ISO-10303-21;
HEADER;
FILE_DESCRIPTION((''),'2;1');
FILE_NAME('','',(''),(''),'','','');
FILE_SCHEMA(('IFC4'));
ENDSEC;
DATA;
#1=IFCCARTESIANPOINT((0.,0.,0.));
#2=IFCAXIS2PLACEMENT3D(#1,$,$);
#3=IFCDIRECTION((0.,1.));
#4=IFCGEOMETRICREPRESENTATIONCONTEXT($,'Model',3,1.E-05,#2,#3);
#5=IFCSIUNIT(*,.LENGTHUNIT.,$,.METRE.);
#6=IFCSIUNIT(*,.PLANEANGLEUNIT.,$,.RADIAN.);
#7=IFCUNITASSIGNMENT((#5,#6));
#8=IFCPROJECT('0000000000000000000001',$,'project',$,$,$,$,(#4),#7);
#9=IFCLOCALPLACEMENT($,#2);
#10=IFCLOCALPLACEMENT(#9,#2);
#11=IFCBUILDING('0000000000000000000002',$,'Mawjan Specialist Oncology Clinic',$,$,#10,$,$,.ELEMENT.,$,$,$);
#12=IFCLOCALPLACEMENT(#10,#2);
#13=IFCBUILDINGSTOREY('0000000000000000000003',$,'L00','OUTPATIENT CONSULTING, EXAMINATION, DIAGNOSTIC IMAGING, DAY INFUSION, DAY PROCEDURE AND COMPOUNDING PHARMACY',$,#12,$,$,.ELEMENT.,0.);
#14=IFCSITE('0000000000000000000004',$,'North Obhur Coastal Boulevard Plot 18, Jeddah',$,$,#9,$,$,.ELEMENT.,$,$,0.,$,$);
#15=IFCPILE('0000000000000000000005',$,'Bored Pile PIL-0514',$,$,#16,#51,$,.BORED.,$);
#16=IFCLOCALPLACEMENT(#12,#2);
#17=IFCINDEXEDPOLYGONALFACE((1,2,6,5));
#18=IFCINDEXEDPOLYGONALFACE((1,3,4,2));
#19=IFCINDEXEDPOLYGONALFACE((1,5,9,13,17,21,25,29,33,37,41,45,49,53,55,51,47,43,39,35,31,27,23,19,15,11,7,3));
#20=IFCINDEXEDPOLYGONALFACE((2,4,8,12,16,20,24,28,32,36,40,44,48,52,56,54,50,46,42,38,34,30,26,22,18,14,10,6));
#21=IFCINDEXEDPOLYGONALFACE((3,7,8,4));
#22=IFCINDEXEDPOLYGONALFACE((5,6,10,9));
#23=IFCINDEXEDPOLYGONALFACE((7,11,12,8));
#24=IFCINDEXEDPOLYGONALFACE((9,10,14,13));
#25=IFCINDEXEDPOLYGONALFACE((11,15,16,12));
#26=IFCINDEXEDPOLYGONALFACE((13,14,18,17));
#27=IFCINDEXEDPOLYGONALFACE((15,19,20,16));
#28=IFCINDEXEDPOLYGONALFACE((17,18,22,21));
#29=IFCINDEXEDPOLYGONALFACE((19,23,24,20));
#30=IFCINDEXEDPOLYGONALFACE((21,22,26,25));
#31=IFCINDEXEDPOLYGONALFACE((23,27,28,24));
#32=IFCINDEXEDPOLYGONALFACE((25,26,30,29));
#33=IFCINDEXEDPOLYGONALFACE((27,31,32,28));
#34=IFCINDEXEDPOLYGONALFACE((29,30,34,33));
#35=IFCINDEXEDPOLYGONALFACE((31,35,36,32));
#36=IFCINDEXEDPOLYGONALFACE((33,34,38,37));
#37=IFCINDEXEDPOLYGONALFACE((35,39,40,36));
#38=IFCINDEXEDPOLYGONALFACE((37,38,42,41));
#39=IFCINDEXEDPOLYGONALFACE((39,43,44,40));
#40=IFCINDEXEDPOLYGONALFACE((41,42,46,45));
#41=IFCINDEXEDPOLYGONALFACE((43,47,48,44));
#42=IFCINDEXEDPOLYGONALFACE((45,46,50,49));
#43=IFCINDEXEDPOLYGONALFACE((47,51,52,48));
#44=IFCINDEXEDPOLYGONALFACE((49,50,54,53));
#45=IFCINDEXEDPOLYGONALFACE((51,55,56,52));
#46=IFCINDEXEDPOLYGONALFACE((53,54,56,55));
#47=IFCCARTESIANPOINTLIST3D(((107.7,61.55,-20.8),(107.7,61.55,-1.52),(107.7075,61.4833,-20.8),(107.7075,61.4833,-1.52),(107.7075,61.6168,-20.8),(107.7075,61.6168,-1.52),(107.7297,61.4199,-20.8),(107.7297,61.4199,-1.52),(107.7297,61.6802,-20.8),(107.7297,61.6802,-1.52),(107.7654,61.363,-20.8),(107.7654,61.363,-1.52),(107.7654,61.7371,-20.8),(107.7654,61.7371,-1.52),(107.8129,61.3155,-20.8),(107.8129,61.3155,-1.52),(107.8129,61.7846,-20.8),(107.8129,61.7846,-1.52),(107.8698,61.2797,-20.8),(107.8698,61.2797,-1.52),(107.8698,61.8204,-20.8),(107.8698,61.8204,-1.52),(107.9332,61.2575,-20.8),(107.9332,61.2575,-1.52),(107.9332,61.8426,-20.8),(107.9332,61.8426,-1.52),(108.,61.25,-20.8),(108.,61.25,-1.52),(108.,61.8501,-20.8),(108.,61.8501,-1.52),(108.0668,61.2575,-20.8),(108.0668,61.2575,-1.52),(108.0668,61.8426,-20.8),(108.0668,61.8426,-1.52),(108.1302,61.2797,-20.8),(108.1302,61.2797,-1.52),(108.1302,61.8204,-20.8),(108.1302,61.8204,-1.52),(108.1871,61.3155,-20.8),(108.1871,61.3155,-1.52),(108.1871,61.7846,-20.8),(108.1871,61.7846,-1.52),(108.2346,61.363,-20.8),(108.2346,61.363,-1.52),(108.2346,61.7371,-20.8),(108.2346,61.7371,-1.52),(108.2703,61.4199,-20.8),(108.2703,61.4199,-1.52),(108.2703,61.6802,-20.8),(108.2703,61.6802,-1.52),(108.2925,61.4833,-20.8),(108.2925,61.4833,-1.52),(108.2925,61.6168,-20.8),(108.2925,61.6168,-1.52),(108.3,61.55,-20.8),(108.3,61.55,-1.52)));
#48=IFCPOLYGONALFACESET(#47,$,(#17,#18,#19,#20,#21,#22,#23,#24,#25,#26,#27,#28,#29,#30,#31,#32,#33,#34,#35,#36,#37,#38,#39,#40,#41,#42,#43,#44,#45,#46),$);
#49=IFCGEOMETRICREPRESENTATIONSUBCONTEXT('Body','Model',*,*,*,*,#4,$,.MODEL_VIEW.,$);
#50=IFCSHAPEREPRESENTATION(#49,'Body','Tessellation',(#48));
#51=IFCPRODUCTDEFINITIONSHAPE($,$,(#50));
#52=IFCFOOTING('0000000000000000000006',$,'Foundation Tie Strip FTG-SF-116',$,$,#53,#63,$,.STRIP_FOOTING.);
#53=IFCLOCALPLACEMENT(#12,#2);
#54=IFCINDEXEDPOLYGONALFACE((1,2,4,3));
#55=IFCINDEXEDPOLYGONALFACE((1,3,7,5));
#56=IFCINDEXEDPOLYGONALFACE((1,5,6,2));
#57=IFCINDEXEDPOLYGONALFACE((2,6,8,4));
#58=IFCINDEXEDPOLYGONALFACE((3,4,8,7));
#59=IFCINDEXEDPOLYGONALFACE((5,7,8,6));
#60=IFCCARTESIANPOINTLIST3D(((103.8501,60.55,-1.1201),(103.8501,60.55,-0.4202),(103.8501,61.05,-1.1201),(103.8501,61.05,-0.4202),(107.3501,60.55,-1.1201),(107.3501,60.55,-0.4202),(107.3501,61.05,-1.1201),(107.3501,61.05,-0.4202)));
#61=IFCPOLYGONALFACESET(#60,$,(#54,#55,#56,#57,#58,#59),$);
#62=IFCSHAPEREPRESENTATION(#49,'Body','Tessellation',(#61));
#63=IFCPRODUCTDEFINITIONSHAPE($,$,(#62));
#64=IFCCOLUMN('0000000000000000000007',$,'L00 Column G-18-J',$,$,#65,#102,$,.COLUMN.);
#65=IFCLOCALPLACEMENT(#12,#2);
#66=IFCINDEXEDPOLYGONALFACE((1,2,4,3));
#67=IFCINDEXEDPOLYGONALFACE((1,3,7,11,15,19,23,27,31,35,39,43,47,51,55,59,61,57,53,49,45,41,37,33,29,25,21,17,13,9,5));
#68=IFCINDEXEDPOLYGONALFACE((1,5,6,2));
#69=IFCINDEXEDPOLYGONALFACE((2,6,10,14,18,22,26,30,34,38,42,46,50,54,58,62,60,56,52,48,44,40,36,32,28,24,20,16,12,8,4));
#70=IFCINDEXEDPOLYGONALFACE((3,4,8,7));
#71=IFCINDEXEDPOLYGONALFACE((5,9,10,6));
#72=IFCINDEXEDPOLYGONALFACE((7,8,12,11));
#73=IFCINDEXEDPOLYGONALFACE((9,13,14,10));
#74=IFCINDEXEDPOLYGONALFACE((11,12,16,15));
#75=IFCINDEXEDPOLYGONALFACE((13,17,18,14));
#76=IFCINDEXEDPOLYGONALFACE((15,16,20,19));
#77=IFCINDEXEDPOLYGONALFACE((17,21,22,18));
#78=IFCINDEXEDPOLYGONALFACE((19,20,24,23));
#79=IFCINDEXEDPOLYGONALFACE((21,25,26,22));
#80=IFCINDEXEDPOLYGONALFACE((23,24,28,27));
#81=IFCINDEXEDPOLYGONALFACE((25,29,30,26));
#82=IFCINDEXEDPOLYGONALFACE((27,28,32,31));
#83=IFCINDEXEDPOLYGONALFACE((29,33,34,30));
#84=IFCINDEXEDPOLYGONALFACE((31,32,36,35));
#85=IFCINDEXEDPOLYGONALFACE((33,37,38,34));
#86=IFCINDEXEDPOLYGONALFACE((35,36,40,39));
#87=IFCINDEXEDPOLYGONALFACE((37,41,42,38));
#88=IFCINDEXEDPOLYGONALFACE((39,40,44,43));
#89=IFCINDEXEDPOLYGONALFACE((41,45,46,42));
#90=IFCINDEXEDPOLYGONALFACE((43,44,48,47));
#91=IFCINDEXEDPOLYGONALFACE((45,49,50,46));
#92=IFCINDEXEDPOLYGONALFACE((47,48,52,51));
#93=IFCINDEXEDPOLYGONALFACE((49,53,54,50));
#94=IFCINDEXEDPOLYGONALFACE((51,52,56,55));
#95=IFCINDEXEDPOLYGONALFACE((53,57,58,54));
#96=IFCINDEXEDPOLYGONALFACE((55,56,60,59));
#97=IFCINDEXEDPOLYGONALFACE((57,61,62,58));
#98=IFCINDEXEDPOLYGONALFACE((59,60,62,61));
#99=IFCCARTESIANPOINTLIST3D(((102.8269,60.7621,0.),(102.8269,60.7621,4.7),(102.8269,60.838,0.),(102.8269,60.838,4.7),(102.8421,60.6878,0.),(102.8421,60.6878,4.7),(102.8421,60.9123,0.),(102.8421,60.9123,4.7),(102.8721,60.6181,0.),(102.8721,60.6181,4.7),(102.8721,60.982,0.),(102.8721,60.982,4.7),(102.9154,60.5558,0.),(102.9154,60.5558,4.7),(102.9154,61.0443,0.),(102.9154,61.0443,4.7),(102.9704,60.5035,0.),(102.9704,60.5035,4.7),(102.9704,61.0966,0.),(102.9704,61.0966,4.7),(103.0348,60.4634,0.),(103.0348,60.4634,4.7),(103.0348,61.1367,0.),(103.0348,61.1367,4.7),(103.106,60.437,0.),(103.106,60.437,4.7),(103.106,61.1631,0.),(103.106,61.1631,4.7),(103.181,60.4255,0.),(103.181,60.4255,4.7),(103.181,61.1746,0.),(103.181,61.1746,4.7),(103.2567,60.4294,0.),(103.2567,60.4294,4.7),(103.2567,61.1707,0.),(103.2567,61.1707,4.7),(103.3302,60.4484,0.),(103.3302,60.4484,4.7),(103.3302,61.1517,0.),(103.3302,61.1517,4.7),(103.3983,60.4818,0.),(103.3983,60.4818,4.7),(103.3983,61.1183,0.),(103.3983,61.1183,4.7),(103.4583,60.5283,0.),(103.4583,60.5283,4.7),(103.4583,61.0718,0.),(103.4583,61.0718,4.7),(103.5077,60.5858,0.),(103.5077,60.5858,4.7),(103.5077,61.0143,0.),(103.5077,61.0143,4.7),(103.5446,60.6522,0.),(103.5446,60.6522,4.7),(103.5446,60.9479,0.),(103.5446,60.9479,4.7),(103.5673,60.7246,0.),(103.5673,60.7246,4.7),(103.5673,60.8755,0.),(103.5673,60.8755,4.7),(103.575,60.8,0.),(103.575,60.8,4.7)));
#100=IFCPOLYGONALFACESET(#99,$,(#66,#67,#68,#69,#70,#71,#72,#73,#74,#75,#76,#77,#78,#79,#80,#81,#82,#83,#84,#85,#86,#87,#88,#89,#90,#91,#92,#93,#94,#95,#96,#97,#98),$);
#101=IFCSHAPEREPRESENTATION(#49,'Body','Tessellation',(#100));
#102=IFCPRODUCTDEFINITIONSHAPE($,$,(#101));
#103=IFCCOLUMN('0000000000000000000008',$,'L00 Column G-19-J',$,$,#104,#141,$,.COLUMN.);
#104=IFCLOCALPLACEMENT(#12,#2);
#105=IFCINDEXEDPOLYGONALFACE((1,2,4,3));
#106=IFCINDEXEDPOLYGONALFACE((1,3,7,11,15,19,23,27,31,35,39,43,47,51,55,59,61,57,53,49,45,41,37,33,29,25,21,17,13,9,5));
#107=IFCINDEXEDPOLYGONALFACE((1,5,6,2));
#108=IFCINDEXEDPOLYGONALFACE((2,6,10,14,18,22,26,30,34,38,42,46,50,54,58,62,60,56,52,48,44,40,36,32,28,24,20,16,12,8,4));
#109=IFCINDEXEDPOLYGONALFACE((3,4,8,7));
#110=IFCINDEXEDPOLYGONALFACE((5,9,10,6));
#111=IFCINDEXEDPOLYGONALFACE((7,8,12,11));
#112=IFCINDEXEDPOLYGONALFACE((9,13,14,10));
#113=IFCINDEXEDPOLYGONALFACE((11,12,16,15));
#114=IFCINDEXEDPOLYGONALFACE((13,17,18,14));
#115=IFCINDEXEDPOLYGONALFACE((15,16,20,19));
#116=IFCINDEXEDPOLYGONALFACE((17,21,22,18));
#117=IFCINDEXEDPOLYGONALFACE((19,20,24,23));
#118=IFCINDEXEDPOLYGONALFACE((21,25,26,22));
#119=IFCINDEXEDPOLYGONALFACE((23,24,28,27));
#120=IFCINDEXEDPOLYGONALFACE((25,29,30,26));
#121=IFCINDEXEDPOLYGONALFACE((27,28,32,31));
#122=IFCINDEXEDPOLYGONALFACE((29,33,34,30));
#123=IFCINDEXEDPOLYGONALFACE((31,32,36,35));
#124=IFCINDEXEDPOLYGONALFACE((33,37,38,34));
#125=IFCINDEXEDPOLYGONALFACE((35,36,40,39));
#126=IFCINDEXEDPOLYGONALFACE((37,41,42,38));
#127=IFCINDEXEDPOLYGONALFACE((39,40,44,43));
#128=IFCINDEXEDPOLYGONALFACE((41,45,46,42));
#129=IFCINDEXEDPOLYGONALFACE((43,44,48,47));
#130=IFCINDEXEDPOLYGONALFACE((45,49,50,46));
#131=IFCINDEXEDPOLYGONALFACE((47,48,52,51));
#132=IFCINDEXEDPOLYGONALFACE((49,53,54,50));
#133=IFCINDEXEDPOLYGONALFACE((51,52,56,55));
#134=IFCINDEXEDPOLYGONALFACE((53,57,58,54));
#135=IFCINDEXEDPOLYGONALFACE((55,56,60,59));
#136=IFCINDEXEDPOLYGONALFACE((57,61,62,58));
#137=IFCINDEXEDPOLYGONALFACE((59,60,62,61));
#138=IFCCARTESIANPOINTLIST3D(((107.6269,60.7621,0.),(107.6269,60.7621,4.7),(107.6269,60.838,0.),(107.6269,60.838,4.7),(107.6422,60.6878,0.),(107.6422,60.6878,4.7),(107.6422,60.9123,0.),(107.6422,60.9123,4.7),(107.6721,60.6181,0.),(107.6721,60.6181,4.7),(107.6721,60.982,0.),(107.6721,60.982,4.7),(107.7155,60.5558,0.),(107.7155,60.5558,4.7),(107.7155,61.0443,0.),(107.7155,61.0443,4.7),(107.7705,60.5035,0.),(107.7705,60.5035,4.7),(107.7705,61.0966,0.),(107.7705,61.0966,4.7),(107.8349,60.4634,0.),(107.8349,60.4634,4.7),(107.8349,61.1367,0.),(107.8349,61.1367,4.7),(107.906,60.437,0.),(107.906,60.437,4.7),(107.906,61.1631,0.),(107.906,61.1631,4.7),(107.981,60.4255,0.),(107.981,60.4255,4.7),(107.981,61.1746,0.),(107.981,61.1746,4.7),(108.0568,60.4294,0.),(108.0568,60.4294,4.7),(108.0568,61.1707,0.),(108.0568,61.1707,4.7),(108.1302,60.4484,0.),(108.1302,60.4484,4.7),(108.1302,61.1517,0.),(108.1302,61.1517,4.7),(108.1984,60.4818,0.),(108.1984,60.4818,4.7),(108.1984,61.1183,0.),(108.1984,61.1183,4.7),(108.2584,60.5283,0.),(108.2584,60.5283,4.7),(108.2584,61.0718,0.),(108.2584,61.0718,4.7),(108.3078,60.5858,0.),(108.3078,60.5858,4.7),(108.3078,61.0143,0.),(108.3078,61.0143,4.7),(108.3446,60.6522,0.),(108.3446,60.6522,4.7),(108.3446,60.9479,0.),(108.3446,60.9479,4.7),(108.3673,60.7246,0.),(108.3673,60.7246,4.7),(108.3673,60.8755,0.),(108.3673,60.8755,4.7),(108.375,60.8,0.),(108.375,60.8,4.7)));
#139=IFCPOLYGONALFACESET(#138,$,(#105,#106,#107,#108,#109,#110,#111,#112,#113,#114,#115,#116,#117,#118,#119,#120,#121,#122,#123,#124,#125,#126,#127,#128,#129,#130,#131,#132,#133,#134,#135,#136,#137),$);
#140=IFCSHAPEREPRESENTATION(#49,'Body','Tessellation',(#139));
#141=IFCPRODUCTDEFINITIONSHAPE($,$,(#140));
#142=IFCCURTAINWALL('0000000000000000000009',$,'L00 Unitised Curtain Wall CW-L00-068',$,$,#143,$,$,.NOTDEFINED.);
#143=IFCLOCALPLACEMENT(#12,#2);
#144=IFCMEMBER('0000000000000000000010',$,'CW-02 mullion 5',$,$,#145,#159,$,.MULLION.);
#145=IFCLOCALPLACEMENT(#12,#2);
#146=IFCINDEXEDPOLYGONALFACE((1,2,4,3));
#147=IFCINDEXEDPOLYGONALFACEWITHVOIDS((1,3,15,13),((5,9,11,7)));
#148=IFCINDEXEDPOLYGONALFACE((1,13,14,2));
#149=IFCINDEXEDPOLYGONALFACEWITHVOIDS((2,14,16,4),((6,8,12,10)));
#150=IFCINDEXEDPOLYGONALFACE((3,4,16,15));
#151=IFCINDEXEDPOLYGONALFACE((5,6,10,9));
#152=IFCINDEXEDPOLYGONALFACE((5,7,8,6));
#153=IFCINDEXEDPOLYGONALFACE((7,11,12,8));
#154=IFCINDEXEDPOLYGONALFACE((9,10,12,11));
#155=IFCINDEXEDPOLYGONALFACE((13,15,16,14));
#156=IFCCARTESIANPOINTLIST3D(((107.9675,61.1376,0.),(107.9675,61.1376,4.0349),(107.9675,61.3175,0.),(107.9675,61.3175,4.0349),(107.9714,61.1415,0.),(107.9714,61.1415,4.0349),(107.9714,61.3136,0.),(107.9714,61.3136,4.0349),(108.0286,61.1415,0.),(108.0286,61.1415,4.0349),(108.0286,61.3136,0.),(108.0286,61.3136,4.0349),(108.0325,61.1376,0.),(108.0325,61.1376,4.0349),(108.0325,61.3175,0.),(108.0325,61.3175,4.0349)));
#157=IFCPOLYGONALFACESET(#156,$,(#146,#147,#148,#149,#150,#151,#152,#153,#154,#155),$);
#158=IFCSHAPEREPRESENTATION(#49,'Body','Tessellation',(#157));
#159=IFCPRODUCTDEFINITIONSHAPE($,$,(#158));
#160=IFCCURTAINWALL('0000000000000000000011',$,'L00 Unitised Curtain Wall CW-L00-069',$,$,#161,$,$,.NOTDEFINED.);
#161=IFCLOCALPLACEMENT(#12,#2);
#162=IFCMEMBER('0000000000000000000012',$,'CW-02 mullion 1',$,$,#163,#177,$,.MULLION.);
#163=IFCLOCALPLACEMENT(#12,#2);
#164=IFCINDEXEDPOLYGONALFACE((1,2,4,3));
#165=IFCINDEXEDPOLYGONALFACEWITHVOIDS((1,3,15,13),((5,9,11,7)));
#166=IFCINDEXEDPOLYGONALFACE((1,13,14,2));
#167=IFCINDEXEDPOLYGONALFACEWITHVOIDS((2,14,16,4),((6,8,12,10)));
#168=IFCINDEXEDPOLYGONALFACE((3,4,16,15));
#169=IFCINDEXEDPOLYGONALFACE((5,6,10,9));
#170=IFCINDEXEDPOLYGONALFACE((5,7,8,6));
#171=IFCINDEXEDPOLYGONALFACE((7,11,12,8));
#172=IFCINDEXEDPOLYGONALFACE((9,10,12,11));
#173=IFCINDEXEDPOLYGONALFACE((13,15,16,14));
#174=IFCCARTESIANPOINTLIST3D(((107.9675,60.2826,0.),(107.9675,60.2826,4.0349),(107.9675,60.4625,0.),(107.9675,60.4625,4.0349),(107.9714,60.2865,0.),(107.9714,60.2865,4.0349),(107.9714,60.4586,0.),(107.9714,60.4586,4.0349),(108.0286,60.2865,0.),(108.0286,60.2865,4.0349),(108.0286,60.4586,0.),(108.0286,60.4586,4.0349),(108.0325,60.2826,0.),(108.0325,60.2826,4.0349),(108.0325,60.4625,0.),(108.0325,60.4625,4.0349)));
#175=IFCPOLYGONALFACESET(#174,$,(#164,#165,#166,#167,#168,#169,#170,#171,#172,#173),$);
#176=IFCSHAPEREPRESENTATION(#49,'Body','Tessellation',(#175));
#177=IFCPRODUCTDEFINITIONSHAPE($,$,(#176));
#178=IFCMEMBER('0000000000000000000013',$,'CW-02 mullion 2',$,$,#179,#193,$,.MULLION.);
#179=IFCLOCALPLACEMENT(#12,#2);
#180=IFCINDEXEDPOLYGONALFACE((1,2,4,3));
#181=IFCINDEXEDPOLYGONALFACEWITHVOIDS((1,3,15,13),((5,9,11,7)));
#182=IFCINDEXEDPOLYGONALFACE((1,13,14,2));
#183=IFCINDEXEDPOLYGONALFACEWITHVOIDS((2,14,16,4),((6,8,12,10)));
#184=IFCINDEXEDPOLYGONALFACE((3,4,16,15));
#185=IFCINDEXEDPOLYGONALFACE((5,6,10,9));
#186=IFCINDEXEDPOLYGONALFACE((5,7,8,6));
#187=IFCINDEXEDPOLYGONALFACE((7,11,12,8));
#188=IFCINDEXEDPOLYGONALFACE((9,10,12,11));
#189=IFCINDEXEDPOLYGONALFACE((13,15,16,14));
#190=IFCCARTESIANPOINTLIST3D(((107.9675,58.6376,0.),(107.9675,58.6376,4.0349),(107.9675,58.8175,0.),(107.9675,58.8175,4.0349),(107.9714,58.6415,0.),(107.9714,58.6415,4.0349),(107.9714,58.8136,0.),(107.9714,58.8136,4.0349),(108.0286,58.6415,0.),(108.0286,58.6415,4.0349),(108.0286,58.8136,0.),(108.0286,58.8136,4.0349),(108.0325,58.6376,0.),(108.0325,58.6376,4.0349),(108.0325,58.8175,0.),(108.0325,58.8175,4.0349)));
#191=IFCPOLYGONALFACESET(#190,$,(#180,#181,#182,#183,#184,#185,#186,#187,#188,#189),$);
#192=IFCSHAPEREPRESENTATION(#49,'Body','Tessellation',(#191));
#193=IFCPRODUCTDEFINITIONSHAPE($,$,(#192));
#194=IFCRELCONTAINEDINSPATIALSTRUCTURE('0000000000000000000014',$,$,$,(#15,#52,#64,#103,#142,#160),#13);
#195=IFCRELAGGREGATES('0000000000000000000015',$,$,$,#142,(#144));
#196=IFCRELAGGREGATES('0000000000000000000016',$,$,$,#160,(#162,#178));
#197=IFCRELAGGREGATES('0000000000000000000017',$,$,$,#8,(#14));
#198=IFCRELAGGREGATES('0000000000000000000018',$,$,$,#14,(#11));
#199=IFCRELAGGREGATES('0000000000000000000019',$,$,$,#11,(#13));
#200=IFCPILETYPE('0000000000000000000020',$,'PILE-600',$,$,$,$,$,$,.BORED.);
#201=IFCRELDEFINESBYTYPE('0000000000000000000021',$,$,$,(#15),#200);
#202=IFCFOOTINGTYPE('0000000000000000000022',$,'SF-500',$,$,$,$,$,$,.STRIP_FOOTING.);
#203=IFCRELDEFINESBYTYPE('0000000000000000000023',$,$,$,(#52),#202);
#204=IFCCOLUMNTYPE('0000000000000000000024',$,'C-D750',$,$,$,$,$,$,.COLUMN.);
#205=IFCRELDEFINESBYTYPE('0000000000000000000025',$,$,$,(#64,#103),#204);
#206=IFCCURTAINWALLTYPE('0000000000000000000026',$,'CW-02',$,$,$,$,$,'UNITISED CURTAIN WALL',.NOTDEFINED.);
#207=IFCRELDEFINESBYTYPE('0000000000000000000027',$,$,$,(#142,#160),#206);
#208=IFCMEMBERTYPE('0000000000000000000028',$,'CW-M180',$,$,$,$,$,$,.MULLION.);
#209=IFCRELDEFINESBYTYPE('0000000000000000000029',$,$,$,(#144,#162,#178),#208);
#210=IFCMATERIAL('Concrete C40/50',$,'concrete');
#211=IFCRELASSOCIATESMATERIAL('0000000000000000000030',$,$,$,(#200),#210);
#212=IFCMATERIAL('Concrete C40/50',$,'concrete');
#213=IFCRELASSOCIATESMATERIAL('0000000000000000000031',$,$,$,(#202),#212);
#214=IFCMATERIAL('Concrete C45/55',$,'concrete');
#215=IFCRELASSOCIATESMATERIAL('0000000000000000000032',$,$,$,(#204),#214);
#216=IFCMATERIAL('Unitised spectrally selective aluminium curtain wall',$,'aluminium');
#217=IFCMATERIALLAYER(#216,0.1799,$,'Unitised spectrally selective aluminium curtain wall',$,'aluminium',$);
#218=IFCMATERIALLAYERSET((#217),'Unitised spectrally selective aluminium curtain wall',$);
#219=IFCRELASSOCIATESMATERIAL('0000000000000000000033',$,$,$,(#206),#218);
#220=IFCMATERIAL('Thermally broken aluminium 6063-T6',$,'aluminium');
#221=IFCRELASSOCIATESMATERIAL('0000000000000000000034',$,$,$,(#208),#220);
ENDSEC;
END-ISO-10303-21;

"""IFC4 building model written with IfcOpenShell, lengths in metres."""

from ifc_helpers import new_model, si_unit, direction, frame, origin, origin_2d, place, context, subcontext, project, spatial, rectangle, hollow_rectangle, circle, extrude, material, layer, layer_set, material_profile, profile_set, type_object, element, aggregate, save


model = new_model("IFC4")

# Units and contexts
model_context = context("Model", 3, precision=1e-05, world=origin(), true_north=direction((0.0, 1.0)))
body_context = subcontext(model_context, "Body", "Model", "MODEL_VIEW")
ifc_project = project(units=[si_unit("LENGTHUNIT", "METRE"), si_unit("PLANEANGLEUNIT", "RADIAN")], contexts=[model_context])

# Site, building, storey
site_placement = place(None, origin())
site = spatial("IfcSite", under=ifc_project, at=site_placement, Name="North Obhur Coastal Boulevard Plot 18, Jeddah", CompositionType="ELEMENT", RefElevation=0.0)
building_placement = place(site_placement, origin())
building = spatial("IfcBuilding", under=site, at=building_placement, Name="Mawjan Specialist Oncology Clinic", CompositionType="ELEMENT")
storey_placement = place(building_placement, origin())
storey = spatial("IfcBuildingStorey", under=building, at=storey_placement, Name="L00", Description="OUTPATIENT CONSULTING, EXAMINATION, DIAGNOSTIC IMAGING, DAY INFUSION, DAY PROCEDURE AND COMPOUNDING PHARMACY", CompositionType="ELEMENT", Elevation=0.0)

# Pile
ifc_material_1 = material(Name="Concrete C40/50", Category="concrete")
ifc_material_profile_1 = material_profile(ifc_material_1, circle(Radius=0.3, at=origin_2d()), Name="BORED PILE D600", Category="concrete")
ifc_profile_set_1 = profile_set([ifc_material_profile_1], Name="Concrete C40/50")
pile_type = type_object("IfcPileType", Name="PILE-600", PredefinedType="BORED", material=ifc_profile_set_1)
for number, where, z_axis, x_axis, name in (
    (1, (108.0, 61.55, -1.52), (0.0, 0.0, -1.0), (1.0, 0.0, 0.0), "Bored Pile PIL-0514"),
):
    element("IfcPile", number, at=place(storey_placement, frame(where, z_axis=z_axis, x_axis=x_axis)), inside=storey, type_object=pile_type, Name=name, PredefinedType="BORED", context=body_context, shape_type="SweptSolid", body=[
        extrude(circle(Radius=0.3, at=origin_2d()), origin(), (0.0, 0.0, 1.0), 19.28),
    ])

# Footing
ifc_material_2 = material(Name="Concrete C40/50", Category="concrete")
footing_type_1 = type_object("IfcFootingType", Name="SF-500", PredefinedType="STRIP_FOOTING", material=ifc_material_2)
footing_placement = place(storey_placement, frame((105.6001, 60.8, -1.1201), z_axis=(0.0, 0.0, 1.0), x_axis=(1.0, 0.0, 0.0)))
element("IfcFooting", 2, at=footing_placement, inside=storey, type_object=footing_type_1, Name="Foundation Tie Strip FTG-SF-116", PredefinedType="STRIP_FOOTING", context=body_context, shape_type="SweptSolid", body=[
    extrude(rectangle(XDim=3.5, YDim=0.5, at=origin_2d()), origin(), (0.0, 0.0, 1.0), 0.7),
])

# Columns
ifc_material_3 = material(Name="Concrete C45/55", Category="concrete")
ifc_material_profile_2 = material_profile(ifc_material_3, circle(Radius=0.375, at=origin_2d()), Name="RC COL D750", Category="concrete")
ifc_profile_set_2 = profile_set([ifc_material_profile_2], Name="Concrete C45/55")
column_type = type_object("IfcColumnType", Name="C-D750", PredefinedType="COLUMN", material=ifc_profile_set_2)
for number, where, z_axis, x_axis, name in (
    (3, (103.2, 60.8, 0.0), (0.0, 0.0, 1.0), (1.0, 0.0, 0.0), "L00 Column G-18-J"),
    (4, (108.0, 60.8, 0.0), (0.0, 0.0, 1.0), (1.0, 0.0, 0.0), "L00 Column G-19-J"),
):
    element("IfcColumn", number, at=place(storey_placement, frame(where, z_axis=z_axis, x_axis=x_axis)), inside=storey, type_object=column_type, Name=name, PredefinedType="COLUMN", context=body_context, shape_type="SweptSolid", body=[
        extrude(circle(Radius=0.375, at=origin_2d()), origin(), (0.0, 0.0, 1.0), 4.7),
    ])

# Curtain wall, member
ifc_material_4 = material(Name="Unitised spectrally selective aluminium curtain wall", Category="aluminium")
ifc_layer_1 = layer(ifc_material_4, 0.1799, Name="Unitised spectrally selective aluminium curtain wall", Category="aluminium")
ifc_layer_set_1 = layer_set([ifc_layer_1], Name="Unitised spectrally selective aluminium curtain wall")
curtain_wall_type = type_object("IfcCurtainWallType", Name="CW-02", ElementType="UNITISED CURTAIN WALL", PredefinedType="NOTDEFINED", material=ifc_layer_set_1)
curtain_wall_1_placement = place(storey_placement, origin())
curtain_wall_1 = element("IfcCurtainWall", 5, at=curtain_wall_1_placement, inside=storey, type_object=curtain_wall_type, Name="L00 Unitised Curtain Wall CW-L00-068", PredefinedType="NOTDEFINED")
ifc_material_5 = material(Name="Thermally broken aluminium 6063-T6", Category="aluminium")
ifc_material_profile_3 = material_profile(ifc_material_5, hollow_rectangle(XDim=0.0649, YDim=0.1799, WallThickness=0.0039, at=origin_2d()), Name="ALU MULLION 180x65x4", Category="aluminium")
ifc_profile_set_3 = profile_set([ifc_material_profile_3], Name="Thermally broken aluminium 6063-T6")
member_type_1 = type_object("IfcMemberType", Name="CW-M180", PredefinedType="MULLION", material=ifc_profile_set_3)
member_1_placement = place(storey_placement, frame((108.0, 61.2275, 0.0), z_axis=(0.0, 0.0, 1.0), x_axis=(1.0, 0.0, 0.0)))
member_1 = element("IfcMember", 6, at=member_1_placement, type_object=member_type_1, Name="CW-02 mullion 5", PredefinedType="MULLION", context=body_context, shape_type="SweptSolid", body=[
    extrude(hollow_rectangle(XDim=0.0649, YDim=0.1799, WallThickness=0.0039, at=origin_2d()), origin(), (0.0, 0.0, 1.0), 4.0349),
])

# Curtain wall, members
curtain_wall_2_placement = place(storey_placement, origin())
curtain_wall_2 = element("IfcCurtainWall", 7, at=curtain_wall_2_placement, inside=storey, type_object=curtain_wall_type, Name="L00 Unitised Curtain Wall CW-L00-069", PredefinedType="NOTDEFINED")
member_2_placement = place(storey_placement, frame((108.0, 60.3726, 0.0), z_axis=(0.0, 0.0, 1.0), x_axis=(1.0, 0.0, 0.0)))
member_2 = element("IfcMember", 8, at=member_2_placement, type_object=member_type_1, Name="CW-02 mullion 1", PredefinedType="MULLION", context=body_context, shape_type="SweptSolid", body=[
    extrude(hollow_rectangle(XDim=0.0649, YDim=0.1799, WallThickness=0.0039, at=origin_2d()), origin(), (0.0, 0.0, 1.0), 4.0349),
])
member_3_placement = place(storey_placement, frame((108.0, 58.7275, 0.0), z_axis=(0.0, 0.0, 1.0), x_axis=(1.0, 0.0, 0.0)))
member_3 = element("IfcMember", 9, at=member_3_placement, type_object=member_type_1, Name="CW-02 mullion 2", PredefinedType="MULLION", context=body_context, shape_type="SweptSolid", body=[
    extrude(hollow_rectangle(XDim=0.0649, YDim=0.1799, WallThickness=0.0039, at=origin_2d()), origin(), (0.0, 0.0, 1.0), 4.0349),
])

aggregate(curtain_wall_1, [member_1])
aggregate(curtain_wall_2, [member_2, member_3])

save(model, "model.ifc")
